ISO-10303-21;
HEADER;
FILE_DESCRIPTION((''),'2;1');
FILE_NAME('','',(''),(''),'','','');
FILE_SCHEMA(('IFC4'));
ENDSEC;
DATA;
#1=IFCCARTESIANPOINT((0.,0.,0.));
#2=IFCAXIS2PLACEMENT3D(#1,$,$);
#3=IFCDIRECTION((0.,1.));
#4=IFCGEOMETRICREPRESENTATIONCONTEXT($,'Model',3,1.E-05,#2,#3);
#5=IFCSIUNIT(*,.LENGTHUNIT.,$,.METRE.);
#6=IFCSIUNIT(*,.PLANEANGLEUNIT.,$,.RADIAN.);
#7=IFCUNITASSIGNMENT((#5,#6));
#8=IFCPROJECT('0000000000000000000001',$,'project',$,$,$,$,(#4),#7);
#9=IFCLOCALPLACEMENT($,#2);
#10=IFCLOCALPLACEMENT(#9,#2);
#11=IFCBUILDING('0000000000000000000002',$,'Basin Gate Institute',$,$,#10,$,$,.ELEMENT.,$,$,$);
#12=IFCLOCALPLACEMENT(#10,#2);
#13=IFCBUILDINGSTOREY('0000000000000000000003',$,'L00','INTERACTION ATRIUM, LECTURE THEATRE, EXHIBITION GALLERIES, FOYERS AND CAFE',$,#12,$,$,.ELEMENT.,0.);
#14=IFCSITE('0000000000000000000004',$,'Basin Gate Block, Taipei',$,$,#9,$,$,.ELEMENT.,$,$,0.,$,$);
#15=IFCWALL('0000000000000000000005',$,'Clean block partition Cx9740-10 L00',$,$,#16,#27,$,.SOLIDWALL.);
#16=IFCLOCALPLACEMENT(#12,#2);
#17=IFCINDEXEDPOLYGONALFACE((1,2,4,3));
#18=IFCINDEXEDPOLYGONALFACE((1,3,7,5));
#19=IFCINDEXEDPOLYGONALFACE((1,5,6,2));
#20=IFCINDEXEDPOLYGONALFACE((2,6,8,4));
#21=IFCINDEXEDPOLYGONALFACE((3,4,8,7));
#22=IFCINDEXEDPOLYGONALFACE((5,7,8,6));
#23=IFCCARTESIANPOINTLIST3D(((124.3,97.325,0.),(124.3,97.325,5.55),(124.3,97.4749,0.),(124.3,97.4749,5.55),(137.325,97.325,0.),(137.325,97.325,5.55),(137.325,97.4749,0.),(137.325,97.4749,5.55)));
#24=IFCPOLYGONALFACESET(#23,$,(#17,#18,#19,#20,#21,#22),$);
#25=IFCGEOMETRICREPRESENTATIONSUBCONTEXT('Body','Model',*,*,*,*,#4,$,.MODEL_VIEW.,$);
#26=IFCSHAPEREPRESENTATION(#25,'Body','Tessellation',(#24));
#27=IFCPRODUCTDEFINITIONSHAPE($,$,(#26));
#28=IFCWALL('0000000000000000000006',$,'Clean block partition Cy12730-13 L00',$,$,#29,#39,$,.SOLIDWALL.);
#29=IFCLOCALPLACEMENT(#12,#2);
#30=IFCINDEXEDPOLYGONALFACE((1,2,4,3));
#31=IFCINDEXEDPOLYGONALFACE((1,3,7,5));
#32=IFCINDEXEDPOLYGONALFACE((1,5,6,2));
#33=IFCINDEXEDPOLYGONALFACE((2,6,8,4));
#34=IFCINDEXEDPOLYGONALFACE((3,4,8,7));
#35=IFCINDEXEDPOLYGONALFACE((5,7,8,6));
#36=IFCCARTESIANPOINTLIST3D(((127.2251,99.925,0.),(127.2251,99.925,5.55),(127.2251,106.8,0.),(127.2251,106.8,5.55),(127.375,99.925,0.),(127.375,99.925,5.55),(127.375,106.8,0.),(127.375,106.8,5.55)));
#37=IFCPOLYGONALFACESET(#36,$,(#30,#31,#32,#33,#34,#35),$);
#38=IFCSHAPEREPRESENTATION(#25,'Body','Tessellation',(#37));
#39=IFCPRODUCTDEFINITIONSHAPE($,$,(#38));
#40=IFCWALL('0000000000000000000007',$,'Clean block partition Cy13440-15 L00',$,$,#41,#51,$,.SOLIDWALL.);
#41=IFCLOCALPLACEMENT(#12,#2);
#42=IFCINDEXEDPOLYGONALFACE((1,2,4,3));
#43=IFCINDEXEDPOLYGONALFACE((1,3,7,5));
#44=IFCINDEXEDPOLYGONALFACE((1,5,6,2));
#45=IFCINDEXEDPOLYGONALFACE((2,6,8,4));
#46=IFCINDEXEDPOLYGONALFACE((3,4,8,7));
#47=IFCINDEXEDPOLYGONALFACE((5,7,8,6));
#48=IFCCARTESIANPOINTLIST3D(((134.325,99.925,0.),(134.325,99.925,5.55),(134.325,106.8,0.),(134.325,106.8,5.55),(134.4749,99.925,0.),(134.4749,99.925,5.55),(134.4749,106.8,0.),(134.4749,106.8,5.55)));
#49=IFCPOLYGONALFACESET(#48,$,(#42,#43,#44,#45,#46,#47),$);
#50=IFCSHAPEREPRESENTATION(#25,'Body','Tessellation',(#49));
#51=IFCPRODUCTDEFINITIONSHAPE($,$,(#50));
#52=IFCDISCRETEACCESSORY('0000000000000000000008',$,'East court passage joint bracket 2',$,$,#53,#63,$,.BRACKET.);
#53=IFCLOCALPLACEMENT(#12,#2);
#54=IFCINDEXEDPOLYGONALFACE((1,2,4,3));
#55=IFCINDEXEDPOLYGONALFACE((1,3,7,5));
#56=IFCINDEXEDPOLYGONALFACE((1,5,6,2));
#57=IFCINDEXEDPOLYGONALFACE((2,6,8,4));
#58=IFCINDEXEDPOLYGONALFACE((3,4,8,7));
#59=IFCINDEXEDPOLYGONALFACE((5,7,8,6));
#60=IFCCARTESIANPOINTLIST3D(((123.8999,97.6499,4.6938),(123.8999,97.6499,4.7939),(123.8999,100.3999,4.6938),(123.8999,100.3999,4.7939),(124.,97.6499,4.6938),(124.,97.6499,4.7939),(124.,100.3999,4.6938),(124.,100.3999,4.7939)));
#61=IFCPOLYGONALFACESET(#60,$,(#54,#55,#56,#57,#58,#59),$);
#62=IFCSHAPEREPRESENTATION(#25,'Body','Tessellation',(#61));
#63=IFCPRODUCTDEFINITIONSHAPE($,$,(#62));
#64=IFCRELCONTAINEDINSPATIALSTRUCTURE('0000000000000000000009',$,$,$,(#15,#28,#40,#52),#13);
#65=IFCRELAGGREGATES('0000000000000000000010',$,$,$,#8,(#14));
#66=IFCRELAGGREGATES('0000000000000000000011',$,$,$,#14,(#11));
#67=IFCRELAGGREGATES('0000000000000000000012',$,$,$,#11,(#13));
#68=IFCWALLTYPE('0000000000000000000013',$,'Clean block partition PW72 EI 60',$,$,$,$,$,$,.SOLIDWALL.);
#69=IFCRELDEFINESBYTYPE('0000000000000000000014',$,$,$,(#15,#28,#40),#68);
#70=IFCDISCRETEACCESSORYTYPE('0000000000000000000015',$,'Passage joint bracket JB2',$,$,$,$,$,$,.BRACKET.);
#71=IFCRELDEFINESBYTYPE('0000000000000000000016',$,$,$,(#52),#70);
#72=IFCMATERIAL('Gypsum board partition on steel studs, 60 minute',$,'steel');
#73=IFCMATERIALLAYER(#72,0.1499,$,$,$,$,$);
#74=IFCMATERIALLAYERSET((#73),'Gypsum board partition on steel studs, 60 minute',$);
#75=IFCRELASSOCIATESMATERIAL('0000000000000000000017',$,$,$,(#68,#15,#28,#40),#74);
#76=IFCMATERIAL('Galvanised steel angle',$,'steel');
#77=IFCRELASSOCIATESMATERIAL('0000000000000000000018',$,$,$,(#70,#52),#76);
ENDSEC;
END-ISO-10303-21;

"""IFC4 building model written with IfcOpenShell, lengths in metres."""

from ifc_helpers import new_model, si_unit, direction, frame, frame_2d, origin, origin_2d, place, context, subcontext, project, spatial, rectangle, extrude, material, layer, layer_set, type_object, element, save


model = new_model("IFC4")

# Units and contexts
model_context = context("Model", 3, precision=1e-05, world=origin(), true_north=direction((0.0, 1.0)))
body_context = subcontext(model_context, "Body", "Model", "MODEL_VIEW")
ifc_project = project(units=[si_unit("LENGTHUNIT", "METRE"), si_unit("PLANEANGLEUNIT", "RADIAN")], contexts=[model_context])

# Site, building, storey
site_placement = place(None, origin())
site = spatial("IfcSite", under=ifc_project, at=site_placement, Name="Basin Gate Block, Taipei", CompositionType="ELEMENT", RefElevation=0.0)
building_placement = place(site_placement, origin())
building = spatial("IfcBuilding", under=site, at=building_placement, Name="Basin Gate Institute", CompositionType="ELEMENT")
storey_placement = place(building_placement, origin())
storey = spatial("IfcBuildingStorey", under=building, at=storey_placement, Name="L00", Description="INTERACTION ATRIUM, LECTURE THEATRE, EXHIBITION GALLERIES, FOYERS AND CAFE", CompositionType="ELEMENT", Elevation=0.0)

# Walls
ifc_material_1 = material(Name="Gypsum board partition on steel studs, 60 minute", Category="steel")
ifc_layer_1 = layer(ifc_material_1, 0.1499)
ifc_layer_set_1 = layer_set([ifc_layer_1], Name="Gypsum board partition on steel studs, 60 minute")
wall_type_1 = type_object("IfcWallType", Name="Clean block partition PW72 EI 60", PredefinedType="SOLIDWALL", material=ifc_layer_set_1)
wall_1_placement = place(storey_placement, frame((124.3, 97.3999, 0.0), z_axis=(0.0, 0.0, 1.0), x_axis=(1.0, 0.0, 0.0)))
element("IfcWall", 1, at=wall_1_placement, inside=storey, type_object=wall_type_1, material=ifc_layer_set_1, Name="Clean block partition Cx9740-10 L00", PredefinedType="SOLIDWALL", context=body_context, shape_type="SweptSolid", body=[
    extrude(rectangle(XDim=13.0249, YDim=0.1499, at=frame_2d((6.5125, 0.0))), origin(), (0.0, 0.0, 1.0), 5.55),
])
for number, where, z_axis, x_axis, name in (
    (2, (127.3, 99.925, 0.0), (0.0, 0.0, 1.0), (0.0, 1.0, 0.0), "Clean block partition Cy12730-13 L00"),
    (3, (134.3999, 99.925, 0.0), (0.0, 0.0, 1.0), (0.0, 1.0, 0.0), "Clean block partition Cy13440-15 L00"),
):
    element("IfcWall", number, at=place(storey_placement, frame(where, z_axis=z_axis, x_axis=x_axis)), inside=storey, type_object=wall_type_1, material=ifc_layer_set_1, Name=name, PredefinedType="SOLIDWALL", context=body_context, shape_type="SweptSolid", body=[
        extrude(rectangle(XDim=6.875, YDim=0.1499, at=frame_2d((3.4375, 0.0))), origin(), (0.0, 0.0, 1.0), 5.55),
    ])

# Discrete accessory
ifc_material_2 = material(Name="Galvanised steel angle", Category="steel")
discrete_accessory_type = type_object("IfcDiscreteAccessoryType", Name="Passage joint bracket JB2", PredefinedType="BRACKET", material=ifc_material_2)
discrete_accessory_placement = place(storey_placement, frame((123.95, 99.0249, 4.6938), z_axis=(0.0, 0.0, 1.0), x_axis=(1.0, 0.0, 0.0)))
element("IfcDiscreteAccessory", 4, at=discrete_accessory_placement, inside=storey, type_object=discrete_accessory_type, material=ifc_material_2, Name="East court passage joint bracket 2", PredefinedType="BRACKET", context=body_context, shape_type="SweptSolid", body=[
    extrude(rectangle(XDim=0.1001, YDim=2.75, at=origin_2d()), origin(), (0.0, 0.0, 1.0), 0.1001),
])

save(model, "model.ifc")
